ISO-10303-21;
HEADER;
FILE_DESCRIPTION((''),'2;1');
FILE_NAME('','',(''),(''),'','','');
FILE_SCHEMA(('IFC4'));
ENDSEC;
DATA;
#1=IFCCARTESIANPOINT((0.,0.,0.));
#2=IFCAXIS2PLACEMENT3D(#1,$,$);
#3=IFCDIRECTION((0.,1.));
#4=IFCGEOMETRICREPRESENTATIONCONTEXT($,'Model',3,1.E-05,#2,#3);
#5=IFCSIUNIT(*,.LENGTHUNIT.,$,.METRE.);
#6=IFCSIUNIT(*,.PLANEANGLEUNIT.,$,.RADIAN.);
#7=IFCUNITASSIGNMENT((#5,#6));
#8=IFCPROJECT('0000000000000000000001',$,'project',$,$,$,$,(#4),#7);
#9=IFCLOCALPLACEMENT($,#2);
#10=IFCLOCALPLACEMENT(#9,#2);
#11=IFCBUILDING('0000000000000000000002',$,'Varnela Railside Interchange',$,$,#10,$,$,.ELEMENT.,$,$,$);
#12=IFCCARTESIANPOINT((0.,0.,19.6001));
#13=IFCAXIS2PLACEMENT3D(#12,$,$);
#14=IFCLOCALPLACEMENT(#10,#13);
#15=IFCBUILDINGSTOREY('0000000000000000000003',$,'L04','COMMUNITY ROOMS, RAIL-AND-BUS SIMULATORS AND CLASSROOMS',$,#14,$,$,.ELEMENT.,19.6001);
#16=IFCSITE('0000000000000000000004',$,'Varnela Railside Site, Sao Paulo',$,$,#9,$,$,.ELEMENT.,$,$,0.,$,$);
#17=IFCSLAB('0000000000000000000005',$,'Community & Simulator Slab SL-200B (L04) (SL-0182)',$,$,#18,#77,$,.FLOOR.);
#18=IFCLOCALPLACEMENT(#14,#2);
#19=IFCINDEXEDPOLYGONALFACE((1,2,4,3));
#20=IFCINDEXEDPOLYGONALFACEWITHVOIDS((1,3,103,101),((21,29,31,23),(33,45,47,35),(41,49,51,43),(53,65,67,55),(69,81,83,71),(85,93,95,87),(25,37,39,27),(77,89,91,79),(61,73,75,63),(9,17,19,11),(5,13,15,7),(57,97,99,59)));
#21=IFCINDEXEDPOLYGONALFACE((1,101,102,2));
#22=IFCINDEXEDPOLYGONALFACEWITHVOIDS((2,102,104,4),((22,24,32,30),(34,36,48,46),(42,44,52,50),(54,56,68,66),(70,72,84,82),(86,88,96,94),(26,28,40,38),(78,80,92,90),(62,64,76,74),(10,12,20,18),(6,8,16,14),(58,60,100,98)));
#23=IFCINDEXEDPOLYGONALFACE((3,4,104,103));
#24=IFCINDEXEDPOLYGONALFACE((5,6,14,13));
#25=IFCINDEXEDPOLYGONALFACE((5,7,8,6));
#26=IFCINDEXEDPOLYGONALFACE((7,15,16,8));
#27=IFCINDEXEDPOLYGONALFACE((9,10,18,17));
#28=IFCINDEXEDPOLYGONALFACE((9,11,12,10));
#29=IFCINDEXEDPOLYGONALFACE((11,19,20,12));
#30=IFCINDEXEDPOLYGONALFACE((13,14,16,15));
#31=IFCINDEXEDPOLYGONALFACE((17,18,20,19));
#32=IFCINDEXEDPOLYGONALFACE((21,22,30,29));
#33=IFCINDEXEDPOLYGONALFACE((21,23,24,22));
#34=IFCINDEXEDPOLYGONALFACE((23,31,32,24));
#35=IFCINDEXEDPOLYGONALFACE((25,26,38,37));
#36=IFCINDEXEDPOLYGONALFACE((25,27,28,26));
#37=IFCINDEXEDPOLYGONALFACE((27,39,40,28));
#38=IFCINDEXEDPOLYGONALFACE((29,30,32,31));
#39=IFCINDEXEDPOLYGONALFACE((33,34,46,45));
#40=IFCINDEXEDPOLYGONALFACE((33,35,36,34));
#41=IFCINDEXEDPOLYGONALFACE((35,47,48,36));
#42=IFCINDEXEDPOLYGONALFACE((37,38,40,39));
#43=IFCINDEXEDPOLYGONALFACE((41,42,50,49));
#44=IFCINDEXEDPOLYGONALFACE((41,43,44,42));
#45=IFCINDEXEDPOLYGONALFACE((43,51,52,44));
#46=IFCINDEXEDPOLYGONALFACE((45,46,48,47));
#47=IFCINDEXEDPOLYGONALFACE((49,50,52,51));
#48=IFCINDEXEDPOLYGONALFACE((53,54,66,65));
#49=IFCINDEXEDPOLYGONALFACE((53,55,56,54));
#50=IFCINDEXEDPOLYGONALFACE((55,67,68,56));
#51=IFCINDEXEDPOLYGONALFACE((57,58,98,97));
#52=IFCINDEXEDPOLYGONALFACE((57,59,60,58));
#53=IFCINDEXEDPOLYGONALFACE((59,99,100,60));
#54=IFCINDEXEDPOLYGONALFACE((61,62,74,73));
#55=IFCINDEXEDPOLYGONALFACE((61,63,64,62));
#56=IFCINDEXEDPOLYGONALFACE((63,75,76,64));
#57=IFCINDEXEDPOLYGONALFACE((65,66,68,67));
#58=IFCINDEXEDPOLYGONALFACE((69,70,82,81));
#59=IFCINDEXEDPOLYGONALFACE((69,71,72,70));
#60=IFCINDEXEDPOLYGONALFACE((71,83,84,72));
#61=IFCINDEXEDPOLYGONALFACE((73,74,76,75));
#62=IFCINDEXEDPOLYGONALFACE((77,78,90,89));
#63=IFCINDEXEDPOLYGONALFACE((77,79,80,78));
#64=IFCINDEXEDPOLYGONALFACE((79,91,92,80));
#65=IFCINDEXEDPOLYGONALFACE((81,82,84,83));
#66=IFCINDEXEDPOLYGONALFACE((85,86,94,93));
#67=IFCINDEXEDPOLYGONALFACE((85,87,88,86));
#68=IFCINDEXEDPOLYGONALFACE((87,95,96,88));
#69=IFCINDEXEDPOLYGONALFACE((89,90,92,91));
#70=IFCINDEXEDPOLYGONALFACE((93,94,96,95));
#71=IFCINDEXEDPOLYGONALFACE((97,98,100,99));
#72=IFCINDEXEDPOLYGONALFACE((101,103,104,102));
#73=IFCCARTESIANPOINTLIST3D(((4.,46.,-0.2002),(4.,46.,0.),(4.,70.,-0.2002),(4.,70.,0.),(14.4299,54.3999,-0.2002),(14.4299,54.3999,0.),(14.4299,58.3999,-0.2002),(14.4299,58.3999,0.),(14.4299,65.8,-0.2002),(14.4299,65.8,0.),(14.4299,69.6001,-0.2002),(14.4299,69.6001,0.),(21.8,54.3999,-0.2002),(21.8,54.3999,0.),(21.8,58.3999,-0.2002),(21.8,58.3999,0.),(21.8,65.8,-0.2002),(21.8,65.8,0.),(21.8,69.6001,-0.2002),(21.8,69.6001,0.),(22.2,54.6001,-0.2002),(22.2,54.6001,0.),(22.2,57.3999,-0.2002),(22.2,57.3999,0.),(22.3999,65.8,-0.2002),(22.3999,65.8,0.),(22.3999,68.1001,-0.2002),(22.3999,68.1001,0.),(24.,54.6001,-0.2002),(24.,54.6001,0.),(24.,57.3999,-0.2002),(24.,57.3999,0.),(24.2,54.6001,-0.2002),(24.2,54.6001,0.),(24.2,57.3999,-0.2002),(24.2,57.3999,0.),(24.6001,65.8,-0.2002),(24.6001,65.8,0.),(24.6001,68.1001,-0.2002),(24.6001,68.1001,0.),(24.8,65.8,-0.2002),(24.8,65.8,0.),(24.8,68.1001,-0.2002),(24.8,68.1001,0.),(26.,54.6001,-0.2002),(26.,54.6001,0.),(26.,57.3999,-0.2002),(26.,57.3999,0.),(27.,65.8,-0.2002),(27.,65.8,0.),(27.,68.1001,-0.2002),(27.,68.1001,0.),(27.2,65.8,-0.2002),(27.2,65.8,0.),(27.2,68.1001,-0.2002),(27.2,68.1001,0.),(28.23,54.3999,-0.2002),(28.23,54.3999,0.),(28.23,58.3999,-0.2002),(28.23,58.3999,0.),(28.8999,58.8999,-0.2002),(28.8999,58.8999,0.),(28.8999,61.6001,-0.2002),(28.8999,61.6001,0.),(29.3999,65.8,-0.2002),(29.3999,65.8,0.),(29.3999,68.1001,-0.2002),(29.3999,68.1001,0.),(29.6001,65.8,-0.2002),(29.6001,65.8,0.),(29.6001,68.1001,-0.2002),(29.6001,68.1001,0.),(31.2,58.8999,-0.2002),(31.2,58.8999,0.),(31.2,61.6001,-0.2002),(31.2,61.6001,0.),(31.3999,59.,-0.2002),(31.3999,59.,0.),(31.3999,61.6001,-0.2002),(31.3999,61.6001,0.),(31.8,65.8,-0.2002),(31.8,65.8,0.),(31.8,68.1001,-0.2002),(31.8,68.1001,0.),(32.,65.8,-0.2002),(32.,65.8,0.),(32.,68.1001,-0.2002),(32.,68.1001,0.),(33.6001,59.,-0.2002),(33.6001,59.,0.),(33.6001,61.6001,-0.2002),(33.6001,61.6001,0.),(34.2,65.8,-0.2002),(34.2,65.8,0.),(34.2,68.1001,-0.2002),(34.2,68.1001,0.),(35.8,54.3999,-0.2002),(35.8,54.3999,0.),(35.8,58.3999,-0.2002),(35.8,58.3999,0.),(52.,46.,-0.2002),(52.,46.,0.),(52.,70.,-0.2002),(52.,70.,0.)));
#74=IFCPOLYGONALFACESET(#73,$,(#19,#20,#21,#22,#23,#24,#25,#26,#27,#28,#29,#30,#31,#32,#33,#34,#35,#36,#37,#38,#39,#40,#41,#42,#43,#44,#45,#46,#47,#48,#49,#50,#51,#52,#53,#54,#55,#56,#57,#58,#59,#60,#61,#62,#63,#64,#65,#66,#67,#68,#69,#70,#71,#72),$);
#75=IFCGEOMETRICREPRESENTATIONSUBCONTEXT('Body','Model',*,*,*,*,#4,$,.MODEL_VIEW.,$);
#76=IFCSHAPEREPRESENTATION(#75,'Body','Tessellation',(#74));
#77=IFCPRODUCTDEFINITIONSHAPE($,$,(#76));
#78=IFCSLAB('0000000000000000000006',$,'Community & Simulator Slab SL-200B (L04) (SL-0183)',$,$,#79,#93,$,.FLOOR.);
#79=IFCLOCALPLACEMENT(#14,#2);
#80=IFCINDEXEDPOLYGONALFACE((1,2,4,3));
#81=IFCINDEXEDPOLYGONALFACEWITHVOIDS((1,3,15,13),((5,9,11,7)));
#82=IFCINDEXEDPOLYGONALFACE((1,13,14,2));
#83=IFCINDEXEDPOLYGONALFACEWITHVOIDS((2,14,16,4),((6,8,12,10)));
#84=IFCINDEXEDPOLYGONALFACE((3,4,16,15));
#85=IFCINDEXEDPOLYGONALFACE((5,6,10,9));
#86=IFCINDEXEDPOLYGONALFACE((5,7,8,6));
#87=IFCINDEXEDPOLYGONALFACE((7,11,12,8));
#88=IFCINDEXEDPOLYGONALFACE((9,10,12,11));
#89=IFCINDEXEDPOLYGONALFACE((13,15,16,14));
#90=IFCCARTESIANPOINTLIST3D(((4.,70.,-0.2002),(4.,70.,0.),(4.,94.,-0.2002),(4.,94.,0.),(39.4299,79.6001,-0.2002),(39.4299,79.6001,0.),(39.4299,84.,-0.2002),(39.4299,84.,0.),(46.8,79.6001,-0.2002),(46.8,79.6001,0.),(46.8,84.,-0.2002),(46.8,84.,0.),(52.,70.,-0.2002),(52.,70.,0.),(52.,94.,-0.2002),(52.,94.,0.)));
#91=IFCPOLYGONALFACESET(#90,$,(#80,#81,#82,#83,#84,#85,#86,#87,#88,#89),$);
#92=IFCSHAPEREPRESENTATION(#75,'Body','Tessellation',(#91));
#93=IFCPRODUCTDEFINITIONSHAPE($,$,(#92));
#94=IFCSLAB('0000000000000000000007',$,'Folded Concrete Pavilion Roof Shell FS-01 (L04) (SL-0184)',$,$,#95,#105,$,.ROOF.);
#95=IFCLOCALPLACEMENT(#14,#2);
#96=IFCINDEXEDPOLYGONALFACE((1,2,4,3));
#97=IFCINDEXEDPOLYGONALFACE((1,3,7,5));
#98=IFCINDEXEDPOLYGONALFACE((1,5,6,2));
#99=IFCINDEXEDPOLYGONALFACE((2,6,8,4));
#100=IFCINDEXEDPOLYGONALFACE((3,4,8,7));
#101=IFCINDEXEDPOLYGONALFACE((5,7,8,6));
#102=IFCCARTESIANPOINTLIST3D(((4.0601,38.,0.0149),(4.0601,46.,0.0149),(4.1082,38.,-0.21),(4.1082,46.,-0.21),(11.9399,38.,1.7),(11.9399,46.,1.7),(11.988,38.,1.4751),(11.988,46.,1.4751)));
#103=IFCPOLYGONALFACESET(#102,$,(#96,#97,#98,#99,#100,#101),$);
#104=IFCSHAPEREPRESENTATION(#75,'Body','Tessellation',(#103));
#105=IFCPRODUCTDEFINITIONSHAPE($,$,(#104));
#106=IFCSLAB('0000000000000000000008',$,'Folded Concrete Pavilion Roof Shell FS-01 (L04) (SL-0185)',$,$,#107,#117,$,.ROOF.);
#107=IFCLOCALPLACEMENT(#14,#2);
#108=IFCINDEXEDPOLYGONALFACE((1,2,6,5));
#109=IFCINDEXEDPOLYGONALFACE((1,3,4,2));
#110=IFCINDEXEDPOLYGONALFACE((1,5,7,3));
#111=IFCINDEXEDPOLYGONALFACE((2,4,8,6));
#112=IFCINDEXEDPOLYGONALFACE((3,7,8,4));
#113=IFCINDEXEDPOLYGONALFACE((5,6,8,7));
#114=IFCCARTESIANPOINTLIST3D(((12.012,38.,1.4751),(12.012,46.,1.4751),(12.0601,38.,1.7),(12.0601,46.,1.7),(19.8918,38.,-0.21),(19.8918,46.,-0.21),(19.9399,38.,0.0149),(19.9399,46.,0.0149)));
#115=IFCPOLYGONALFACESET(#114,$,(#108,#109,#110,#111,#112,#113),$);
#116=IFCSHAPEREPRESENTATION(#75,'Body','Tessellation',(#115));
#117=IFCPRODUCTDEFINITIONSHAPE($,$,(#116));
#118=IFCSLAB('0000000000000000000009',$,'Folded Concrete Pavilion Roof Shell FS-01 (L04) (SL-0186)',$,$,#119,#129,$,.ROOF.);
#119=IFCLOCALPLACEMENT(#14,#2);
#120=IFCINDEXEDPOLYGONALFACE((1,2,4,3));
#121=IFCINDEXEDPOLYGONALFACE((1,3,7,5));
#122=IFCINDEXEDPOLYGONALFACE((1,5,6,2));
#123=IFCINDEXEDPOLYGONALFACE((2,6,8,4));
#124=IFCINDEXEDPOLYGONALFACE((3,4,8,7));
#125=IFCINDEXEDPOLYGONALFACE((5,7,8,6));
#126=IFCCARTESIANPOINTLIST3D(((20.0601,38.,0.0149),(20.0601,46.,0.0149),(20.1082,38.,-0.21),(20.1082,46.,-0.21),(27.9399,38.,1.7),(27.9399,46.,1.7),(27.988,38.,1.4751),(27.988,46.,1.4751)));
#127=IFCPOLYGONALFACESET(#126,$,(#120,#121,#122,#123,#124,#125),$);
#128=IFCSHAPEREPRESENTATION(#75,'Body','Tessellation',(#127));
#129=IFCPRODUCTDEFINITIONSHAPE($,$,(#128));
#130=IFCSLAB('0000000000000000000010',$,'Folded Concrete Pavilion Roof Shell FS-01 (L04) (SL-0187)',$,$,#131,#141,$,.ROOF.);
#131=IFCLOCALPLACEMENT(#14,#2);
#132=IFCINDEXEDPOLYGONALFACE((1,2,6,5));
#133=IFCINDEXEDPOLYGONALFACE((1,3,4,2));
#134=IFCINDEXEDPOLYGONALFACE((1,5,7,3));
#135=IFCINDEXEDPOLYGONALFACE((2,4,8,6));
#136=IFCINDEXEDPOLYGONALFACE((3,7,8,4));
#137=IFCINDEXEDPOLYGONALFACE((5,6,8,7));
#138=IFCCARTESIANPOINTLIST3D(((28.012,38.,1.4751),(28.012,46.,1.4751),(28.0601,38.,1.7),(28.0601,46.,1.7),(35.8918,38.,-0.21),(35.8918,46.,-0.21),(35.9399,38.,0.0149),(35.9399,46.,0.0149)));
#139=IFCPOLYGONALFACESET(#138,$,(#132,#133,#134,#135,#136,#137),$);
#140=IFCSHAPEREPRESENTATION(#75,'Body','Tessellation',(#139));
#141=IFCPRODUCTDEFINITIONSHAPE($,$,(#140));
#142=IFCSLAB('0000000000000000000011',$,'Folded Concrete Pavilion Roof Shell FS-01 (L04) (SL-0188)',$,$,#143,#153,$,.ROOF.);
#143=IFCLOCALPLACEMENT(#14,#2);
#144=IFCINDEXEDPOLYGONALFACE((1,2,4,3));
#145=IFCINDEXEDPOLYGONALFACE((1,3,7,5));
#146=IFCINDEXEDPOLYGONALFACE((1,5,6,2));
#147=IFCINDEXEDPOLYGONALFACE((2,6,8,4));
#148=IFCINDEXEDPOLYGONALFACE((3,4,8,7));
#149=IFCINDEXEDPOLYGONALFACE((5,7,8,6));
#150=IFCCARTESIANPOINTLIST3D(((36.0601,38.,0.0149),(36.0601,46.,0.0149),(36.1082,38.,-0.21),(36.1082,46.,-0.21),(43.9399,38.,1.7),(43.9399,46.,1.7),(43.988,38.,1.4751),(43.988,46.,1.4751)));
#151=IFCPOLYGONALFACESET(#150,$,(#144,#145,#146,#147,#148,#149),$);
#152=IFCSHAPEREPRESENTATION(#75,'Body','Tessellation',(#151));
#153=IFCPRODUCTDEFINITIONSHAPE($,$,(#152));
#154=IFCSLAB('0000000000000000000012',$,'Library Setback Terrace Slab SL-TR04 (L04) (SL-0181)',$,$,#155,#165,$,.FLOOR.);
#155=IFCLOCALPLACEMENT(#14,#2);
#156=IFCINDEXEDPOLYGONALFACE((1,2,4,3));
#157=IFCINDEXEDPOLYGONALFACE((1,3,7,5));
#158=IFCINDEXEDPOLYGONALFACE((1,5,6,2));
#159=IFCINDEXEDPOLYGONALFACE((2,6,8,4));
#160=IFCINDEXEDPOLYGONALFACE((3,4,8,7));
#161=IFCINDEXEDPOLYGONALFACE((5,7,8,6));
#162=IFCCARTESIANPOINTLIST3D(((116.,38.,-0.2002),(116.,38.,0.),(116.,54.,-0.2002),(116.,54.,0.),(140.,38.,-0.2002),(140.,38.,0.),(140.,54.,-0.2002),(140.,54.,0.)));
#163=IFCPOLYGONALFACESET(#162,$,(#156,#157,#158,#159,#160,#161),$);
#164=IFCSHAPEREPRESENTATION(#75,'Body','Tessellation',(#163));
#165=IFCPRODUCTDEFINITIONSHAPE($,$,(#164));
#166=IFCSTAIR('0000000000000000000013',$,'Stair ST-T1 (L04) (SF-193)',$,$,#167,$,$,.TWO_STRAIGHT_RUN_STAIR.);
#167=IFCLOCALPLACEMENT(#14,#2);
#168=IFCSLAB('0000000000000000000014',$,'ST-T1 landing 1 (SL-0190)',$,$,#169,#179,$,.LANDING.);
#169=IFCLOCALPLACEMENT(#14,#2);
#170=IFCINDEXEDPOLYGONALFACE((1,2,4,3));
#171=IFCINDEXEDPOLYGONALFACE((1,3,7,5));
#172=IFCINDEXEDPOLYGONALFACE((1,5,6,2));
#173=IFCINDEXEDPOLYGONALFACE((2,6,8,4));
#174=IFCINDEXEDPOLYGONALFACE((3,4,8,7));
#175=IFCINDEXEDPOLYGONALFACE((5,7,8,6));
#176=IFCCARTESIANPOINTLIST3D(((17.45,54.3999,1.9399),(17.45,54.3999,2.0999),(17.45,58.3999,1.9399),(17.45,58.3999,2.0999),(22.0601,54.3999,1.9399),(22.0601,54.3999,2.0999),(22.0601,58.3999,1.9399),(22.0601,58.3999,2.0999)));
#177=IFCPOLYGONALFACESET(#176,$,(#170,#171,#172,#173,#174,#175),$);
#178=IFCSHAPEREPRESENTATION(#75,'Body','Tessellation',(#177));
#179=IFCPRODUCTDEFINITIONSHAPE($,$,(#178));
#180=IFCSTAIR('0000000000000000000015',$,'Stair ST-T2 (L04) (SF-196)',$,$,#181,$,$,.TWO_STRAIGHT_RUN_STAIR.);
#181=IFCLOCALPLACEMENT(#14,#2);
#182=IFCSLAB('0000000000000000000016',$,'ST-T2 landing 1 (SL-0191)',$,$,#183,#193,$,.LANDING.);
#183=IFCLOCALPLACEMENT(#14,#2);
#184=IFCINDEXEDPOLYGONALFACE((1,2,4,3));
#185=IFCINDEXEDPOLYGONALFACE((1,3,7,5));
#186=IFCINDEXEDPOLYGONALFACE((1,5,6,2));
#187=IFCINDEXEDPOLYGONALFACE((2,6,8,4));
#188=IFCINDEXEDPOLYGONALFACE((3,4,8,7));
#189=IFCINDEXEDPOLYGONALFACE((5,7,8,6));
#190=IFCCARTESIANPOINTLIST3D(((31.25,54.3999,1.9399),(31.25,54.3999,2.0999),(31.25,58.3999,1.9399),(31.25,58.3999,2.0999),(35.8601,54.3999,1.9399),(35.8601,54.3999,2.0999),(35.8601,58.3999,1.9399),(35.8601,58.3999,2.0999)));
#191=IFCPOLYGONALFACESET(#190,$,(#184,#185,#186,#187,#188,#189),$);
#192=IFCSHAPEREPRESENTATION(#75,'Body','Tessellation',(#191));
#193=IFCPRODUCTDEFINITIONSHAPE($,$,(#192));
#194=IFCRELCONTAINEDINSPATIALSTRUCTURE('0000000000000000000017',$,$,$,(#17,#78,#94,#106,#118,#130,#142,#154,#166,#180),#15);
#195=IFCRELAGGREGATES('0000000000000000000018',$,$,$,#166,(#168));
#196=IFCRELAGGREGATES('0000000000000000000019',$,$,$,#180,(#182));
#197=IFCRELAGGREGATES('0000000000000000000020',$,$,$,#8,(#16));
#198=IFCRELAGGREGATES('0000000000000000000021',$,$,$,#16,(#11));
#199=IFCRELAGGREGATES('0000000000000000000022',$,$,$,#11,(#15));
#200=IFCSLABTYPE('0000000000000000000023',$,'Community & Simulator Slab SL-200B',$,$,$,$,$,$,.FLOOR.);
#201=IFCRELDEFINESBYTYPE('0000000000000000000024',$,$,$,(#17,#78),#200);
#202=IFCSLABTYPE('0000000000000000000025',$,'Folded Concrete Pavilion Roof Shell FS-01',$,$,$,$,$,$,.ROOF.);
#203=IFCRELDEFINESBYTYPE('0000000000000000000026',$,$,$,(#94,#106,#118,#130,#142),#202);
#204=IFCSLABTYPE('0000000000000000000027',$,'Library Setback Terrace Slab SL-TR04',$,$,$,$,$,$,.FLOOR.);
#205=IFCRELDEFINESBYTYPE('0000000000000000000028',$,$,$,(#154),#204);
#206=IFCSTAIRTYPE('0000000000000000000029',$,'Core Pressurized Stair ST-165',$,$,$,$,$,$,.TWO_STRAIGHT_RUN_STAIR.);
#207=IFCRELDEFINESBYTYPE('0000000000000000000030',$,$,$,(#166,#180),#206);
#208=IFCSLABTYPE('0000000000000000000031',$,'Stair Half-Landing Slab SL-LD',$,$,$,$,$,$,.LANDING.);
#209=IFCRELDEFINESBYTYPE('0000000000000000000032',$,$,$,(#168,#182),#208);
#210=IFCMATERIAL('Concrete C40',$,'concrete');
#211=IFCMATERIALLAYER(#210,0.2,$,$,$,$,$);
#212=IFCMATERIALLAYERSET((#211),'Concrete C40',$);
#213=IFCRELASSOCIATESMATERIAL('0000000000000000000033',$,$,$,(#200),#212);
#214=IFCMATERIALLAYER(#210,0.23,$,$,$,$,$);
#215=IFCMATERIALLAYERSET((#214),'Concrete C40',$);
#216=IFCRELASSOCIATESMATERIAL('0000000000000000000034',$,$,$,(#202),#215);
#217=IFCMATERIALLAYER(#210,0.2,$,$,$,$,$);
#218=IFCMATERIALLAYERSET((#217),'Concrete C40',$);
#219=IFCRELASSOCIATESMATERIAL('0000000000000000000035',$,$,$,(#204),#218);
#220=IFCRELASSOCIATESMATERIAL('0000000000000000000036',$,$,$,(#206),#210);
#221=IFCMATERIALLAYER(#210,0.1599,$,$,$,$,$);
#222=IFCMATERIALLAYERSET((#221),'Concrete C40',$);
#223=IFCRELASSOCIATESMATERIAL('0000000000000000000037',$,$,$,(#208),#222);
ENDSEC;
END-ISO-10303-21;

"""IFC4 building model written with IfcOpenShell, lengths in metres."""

from ifc_helpers import new_model, si_unit, direction, frame, origin, place, context, subcontext, project, spatial, polyline, outline, extrude, material, layer, layer_set, type_object, element, aggregate, save


model = new_model("IFC4")

# Units and contexts
model_context = context("Model", 3, precision=1e-05, world=origin(), true_north=direction((0.0, 1.0)))
body_context = subcontext(model_context, "Body", "Model", "MODEL_VIEW")
ifc_project = project(units=[si_unit("LENGTHUNIT", "METRE"), si_unit("PLANEANGLEUNIT", "RADIAN")], contexts=[model_context])

# Site, building, storey
site_placement = place(None, origin())
site = spatial("IfcSite", under=ifc_project, at=site_placement, Name="Varnela Railside Site, Sao Paulo", CompositionType="ELEMENT", RefElevation=0.0)
building_placement = place(site_placement, origin())
building = spatial("IfcBuilding", under=site, at=building_placement, Name="Varnela Railside Interchange", CompositionType="ELEMENT")
storey_placement = place(building_placement, frame((0.0, 0.0, 19.6001)))
storey = spatial("IfcBuildingStorey", under=building, at=storey_placement, Name="L04", Description="COMMUNITY ROOMS, RAIL-AND-BUS SIMULATORS AND CLASSROOMS", CompositionType="ELEMENT", Elevation=19.6001)

# Slabs
ifc_material_1 = material(Name="Concrete C40", Category="concrete")
ifc_layer_1 = layer(ifc_material_1, 0.2)
ifc_layer_set_1 = layer_set([ifc_layer_1], Name="Concrete C40")
slab_type_1 = type_object("IfcSlabType", Name="Community & Simulator Slab SL-200B", PredefinedType="FLOOR", material=ifc_layer_set_1)
slab_1_placement = place(storey_placement, frame((0.0, 0.0, -0.2002)))
element("IfcSlab", 1, at=slab_1_placement, inside=storey, type_object=slab_type_1, Name="Community & Simulator Slab SL-200B (L04) (SL-0182)", PredefinedType="FLOOR", context=body_context, shape_type="SweptSolid", body=[
    extrude(outline(polyline([(4.0, 46.0), (52.0, 46.0), (52.0, 70.0), (4.0, 70.0), (4.0, 46.0)]), holes=[polyline([(14.4299, 54.3999), (21.8, 54.3999), (21.8, 58.3999), (14.4299, 58.3999), (14.4299, 54.3999)]), polyline([(28.23, 54.3999), (35.8, 54.3999), (35.8, 58.3999), (28.23, 58.3999), (28.23, 54.3999)]), polyline([(14.4299, 65.8), (21.8, 65.8), (21.8, 69.6001), (14.4299, 69.6001), (14.4299, 65.8)]), polyline([(22.2, 54.6001), (24.0, 54.6001), (24.0, 57.3999), (22.2, 57.3999), (22.2, 54.6001)]), polyline([(24.2, 54.6001), (26.0, 54.6001), (26.0, 57.3999), (24.2, 57.3999), (24.2, 54.6001)]), polyline([(22.3999, 65.8), (24.6001, 65.8), (24.6001, 68.1001), (22.3999, 68.1001), (22.3999, 65.8)]), polyline([(24.8, 65.8), (27.0, 65.8), (27.0, 68.1001), (24.8, 68.1001), (24.8, 65.8)]), polyline([(27.2, 65.8), (29.3999, 65.8), (29.3999, 68.1001), (27.2, 68.1001), (27.2, 65.8)]), polyline([(29.6001, 65.8), (31.8, 65.8), (31.8, 68.1001), (29.6001, 68.1001), (29.6001, 65.8)]), polyline([(32.0, 65.8), (34.2, 65.8), (34.2, 68.1001), (32.0, 68.1001), (32.0, 65.8)]), polyline([(31.3999, 59.0), (33.6001, 59.0), (33.6001, 61.6001), (31.3999, 61.6001), (31.3999, 59.0)]), polyline([(28.8999, 58.8999), (31.2, 58.8999), (31.2, 61.6001), (28.8999, 61.6001), (28.8999, 58.8999)])]), origin(), (0.0, 0.0, 1.0), 0.2002),
])
slab_2_placement = place(storey_placement, frame((0.0, 0.0, -0.2002)))
element("IfcSlab", 2, at=slab_2_placement, inside=storey, type_object=slab_type_1, Name="Community & Simulator Slab SL-200B (L04) (SL-0183)", PredefinedType="FLOOR", context=body_context, shape_type="SweptSolid", body=[
    extrude(outline(polyline([(4.0, 70.0), (52.0, 70.0), (52.0, 94.0), (4.0, 94.0), (4.0, 70.0)]), holes=[polyline([(39.4299, 79.6001), (46.8, 79.6001), (46.8, 84.0), (39.4299, 84.0), (39.4299, 79.6001)])]), origin(), (0.0, 0.0, 1.0), 0.2002),
])
ifc_layer_2 = layer(ifc_material_1, 0.23)
ifc_layer_set_2 = layer_set([ifc_layer_2], Name="Concrete C40")
slab_type_2 = type_object("IfcSlabType", Name="Folded Concrete Pavilion Roof Shell FS-01", PredefinedType="ROOF", material=ifc_layer_set_2)
for number, where, z_axis, x_axis, name in (
    (3, (4.0601, 38.0, 0.0149), (-0.209115, 0.0, 0.977891), (0.977891, 0.0, 0.209115), "Folded Concrete Pavilion Roof Shell FS-01 (L04) (SL-0184)"),
    (4, (12.0601, 38.0, 1.7), (0.209115, 0.0, 0.977891), (0.977891, 0.0, -0.209115), "Folded Concrete Pavilion Roof Shell FS-01 (L04) (SL-0185)"),
    (5, (20.0601, 38.0, 0.0149), (-0.209115, 0.0, 0.977891), (0.977891, 0.0, 0.209115), "Folded Concrete Pavilion Roof Shell FS-01 (L04) (SL-0186)"),
    (6, (28.0601, 38.0, 1.7), (0.209115, 0.0, 0.977891), (0.977891, 0.0, -0.209115), "Folded Concrete Pavilion Roof Shell FS-01 (L04) (SL-0187)"),
    (7, (36.0601, 38.0, 0.0149), (-0.209115, 0.0, 0.977891), (0.977891, 0.0, 0.209115), "Folded Concrete Pavilion Roof Shell FS-01 (L04) (SL-0188)"),
):
    element("IfcSlab", number, at=place(storey_placement, frame(where, z_axis=z_axis, x_axis=x_axis)), inside=storey, type_object=slab_type_2, Name=name, PredefinedType="ROOF", context=body_context, shape_type="SweptSolid", body=[
        extrude(outline(polyline([(0.0, 0.0), (8.058, 0.0), (8.058, 8.0), (0.0, 8.0), (0.0, 0.0)])), origin(), (0.0, 0.0, -1.0), 0.23),
    ])
ifc_layer_3 = layer(ifc_material_1, 0.2)
ifc_layer_set_3 = layer_set([ifc_layer_3], Name="Concrete C40")
slab_type_3 = type_object("IfcSlabType", Name="Library Setback Terrace Slab SL-TR04", PredefinedType="FLOOR", material=ifc_layer_set_3)
slab_3_placement = place(storey_placement, frame((0.0, 0.0, -0.2002)))
element("IfcSlab", 8, at=slab_3_placement, inside=storey, type_object=slab_type_3, Name="Library Setback Terrace Slab SL-TR04 (L04) (SL-0181)", PredefinedType="FLOOR", context=body_context, shape_type="SweptSolid", body=[
    extrude(outline(polyline([(116.0, 38.0), (140.0, 38.0), (140.0, 54.0), (116.0, 54.0), (116.0, 38.0)])), origin(), (0.0, 0.0, 1.0), 0.2002),
])

# Stairs, slabs
stair_type = type_object("IfcStairType", Name="Core Pressurized Stair ST-165", PredefinedType="TWO_STRAIGHT_RUN_STAIR", material=ifc_material_1)
stair_1_placement = place(storey_placement, origin())
stair_1 = element("IfcStair", 9, at=stair_1_placement, inside=storey, type_object=stair_type, Name="Stair ST-T1 (L04) (SF-193)", PredefinedType="TWO_STRAIGHT_RUN_STAIR")
ifc_layer_4 = layer(ifc_material_1, 0.1599)
ifc_layer_set_4 = layer_set([ifc_layer_4], Name="Concrete C40")
slab_type_4 = type_object("IfcSlabType", Name="Stair Half-Landing Slab SL-LD", PredefinedType="LANDING", material=ifc_layer_set_4)
slab_4_placement = place(storey_placement, frame((0.0, 0.0, 1.9399)))
slab_4 = element("IfcSlab", 10, at=slab_4_placement, type_object=slab_type_4, Name="ST-T1 landing 1 (SL-0190)", PredefinedType="LANDING", context=body_context, shape_type="SweptSolid", body=[
    extrude(outline(polyline([(17.45, 54.3999), (22.0601, 54.3999), (22.0601, 58.3999), (17.45, 58.3999), (17.45, 54.3999)])), origin(), (0.0, 0.0, 1.0), 0.1599),
])
aggregate(stair_1, [slab_4])
stair_2_placement = place(storey_placement, origin())
stair_2 = element("IfcStair", 11, at=stair_2_placement, inside=storey, type_object=stair_type, Name="Stair ST-T2 (L04) (SF-196)", PredefinedType="TWO_STRAIGHT_RUN_STAIR")
slab_5_placement = place(storey_placement, frame((0.0, 0.0, 1.9399)))
slab_5 = element("IfcSlab", 12, at=slab_5_placement, type_object=slab_type_4, Name="ST-T2 landing 1 (SL-0191)", PredefinedType="LANDING", context=body_context, shape_type="SweptSolid", body=[
    extrude(outline(polyline([(31.25, 54.3999), (35.8601, 54.3999), (35.8601, 58.3999), (31.25, 58.3999), (31.25, 54.3999)])), origin(), (0.0, 0.0, 1.0), 0.1599),
])
aggregate(stair_2, [slab_5])

save(model, "model.ifc")
